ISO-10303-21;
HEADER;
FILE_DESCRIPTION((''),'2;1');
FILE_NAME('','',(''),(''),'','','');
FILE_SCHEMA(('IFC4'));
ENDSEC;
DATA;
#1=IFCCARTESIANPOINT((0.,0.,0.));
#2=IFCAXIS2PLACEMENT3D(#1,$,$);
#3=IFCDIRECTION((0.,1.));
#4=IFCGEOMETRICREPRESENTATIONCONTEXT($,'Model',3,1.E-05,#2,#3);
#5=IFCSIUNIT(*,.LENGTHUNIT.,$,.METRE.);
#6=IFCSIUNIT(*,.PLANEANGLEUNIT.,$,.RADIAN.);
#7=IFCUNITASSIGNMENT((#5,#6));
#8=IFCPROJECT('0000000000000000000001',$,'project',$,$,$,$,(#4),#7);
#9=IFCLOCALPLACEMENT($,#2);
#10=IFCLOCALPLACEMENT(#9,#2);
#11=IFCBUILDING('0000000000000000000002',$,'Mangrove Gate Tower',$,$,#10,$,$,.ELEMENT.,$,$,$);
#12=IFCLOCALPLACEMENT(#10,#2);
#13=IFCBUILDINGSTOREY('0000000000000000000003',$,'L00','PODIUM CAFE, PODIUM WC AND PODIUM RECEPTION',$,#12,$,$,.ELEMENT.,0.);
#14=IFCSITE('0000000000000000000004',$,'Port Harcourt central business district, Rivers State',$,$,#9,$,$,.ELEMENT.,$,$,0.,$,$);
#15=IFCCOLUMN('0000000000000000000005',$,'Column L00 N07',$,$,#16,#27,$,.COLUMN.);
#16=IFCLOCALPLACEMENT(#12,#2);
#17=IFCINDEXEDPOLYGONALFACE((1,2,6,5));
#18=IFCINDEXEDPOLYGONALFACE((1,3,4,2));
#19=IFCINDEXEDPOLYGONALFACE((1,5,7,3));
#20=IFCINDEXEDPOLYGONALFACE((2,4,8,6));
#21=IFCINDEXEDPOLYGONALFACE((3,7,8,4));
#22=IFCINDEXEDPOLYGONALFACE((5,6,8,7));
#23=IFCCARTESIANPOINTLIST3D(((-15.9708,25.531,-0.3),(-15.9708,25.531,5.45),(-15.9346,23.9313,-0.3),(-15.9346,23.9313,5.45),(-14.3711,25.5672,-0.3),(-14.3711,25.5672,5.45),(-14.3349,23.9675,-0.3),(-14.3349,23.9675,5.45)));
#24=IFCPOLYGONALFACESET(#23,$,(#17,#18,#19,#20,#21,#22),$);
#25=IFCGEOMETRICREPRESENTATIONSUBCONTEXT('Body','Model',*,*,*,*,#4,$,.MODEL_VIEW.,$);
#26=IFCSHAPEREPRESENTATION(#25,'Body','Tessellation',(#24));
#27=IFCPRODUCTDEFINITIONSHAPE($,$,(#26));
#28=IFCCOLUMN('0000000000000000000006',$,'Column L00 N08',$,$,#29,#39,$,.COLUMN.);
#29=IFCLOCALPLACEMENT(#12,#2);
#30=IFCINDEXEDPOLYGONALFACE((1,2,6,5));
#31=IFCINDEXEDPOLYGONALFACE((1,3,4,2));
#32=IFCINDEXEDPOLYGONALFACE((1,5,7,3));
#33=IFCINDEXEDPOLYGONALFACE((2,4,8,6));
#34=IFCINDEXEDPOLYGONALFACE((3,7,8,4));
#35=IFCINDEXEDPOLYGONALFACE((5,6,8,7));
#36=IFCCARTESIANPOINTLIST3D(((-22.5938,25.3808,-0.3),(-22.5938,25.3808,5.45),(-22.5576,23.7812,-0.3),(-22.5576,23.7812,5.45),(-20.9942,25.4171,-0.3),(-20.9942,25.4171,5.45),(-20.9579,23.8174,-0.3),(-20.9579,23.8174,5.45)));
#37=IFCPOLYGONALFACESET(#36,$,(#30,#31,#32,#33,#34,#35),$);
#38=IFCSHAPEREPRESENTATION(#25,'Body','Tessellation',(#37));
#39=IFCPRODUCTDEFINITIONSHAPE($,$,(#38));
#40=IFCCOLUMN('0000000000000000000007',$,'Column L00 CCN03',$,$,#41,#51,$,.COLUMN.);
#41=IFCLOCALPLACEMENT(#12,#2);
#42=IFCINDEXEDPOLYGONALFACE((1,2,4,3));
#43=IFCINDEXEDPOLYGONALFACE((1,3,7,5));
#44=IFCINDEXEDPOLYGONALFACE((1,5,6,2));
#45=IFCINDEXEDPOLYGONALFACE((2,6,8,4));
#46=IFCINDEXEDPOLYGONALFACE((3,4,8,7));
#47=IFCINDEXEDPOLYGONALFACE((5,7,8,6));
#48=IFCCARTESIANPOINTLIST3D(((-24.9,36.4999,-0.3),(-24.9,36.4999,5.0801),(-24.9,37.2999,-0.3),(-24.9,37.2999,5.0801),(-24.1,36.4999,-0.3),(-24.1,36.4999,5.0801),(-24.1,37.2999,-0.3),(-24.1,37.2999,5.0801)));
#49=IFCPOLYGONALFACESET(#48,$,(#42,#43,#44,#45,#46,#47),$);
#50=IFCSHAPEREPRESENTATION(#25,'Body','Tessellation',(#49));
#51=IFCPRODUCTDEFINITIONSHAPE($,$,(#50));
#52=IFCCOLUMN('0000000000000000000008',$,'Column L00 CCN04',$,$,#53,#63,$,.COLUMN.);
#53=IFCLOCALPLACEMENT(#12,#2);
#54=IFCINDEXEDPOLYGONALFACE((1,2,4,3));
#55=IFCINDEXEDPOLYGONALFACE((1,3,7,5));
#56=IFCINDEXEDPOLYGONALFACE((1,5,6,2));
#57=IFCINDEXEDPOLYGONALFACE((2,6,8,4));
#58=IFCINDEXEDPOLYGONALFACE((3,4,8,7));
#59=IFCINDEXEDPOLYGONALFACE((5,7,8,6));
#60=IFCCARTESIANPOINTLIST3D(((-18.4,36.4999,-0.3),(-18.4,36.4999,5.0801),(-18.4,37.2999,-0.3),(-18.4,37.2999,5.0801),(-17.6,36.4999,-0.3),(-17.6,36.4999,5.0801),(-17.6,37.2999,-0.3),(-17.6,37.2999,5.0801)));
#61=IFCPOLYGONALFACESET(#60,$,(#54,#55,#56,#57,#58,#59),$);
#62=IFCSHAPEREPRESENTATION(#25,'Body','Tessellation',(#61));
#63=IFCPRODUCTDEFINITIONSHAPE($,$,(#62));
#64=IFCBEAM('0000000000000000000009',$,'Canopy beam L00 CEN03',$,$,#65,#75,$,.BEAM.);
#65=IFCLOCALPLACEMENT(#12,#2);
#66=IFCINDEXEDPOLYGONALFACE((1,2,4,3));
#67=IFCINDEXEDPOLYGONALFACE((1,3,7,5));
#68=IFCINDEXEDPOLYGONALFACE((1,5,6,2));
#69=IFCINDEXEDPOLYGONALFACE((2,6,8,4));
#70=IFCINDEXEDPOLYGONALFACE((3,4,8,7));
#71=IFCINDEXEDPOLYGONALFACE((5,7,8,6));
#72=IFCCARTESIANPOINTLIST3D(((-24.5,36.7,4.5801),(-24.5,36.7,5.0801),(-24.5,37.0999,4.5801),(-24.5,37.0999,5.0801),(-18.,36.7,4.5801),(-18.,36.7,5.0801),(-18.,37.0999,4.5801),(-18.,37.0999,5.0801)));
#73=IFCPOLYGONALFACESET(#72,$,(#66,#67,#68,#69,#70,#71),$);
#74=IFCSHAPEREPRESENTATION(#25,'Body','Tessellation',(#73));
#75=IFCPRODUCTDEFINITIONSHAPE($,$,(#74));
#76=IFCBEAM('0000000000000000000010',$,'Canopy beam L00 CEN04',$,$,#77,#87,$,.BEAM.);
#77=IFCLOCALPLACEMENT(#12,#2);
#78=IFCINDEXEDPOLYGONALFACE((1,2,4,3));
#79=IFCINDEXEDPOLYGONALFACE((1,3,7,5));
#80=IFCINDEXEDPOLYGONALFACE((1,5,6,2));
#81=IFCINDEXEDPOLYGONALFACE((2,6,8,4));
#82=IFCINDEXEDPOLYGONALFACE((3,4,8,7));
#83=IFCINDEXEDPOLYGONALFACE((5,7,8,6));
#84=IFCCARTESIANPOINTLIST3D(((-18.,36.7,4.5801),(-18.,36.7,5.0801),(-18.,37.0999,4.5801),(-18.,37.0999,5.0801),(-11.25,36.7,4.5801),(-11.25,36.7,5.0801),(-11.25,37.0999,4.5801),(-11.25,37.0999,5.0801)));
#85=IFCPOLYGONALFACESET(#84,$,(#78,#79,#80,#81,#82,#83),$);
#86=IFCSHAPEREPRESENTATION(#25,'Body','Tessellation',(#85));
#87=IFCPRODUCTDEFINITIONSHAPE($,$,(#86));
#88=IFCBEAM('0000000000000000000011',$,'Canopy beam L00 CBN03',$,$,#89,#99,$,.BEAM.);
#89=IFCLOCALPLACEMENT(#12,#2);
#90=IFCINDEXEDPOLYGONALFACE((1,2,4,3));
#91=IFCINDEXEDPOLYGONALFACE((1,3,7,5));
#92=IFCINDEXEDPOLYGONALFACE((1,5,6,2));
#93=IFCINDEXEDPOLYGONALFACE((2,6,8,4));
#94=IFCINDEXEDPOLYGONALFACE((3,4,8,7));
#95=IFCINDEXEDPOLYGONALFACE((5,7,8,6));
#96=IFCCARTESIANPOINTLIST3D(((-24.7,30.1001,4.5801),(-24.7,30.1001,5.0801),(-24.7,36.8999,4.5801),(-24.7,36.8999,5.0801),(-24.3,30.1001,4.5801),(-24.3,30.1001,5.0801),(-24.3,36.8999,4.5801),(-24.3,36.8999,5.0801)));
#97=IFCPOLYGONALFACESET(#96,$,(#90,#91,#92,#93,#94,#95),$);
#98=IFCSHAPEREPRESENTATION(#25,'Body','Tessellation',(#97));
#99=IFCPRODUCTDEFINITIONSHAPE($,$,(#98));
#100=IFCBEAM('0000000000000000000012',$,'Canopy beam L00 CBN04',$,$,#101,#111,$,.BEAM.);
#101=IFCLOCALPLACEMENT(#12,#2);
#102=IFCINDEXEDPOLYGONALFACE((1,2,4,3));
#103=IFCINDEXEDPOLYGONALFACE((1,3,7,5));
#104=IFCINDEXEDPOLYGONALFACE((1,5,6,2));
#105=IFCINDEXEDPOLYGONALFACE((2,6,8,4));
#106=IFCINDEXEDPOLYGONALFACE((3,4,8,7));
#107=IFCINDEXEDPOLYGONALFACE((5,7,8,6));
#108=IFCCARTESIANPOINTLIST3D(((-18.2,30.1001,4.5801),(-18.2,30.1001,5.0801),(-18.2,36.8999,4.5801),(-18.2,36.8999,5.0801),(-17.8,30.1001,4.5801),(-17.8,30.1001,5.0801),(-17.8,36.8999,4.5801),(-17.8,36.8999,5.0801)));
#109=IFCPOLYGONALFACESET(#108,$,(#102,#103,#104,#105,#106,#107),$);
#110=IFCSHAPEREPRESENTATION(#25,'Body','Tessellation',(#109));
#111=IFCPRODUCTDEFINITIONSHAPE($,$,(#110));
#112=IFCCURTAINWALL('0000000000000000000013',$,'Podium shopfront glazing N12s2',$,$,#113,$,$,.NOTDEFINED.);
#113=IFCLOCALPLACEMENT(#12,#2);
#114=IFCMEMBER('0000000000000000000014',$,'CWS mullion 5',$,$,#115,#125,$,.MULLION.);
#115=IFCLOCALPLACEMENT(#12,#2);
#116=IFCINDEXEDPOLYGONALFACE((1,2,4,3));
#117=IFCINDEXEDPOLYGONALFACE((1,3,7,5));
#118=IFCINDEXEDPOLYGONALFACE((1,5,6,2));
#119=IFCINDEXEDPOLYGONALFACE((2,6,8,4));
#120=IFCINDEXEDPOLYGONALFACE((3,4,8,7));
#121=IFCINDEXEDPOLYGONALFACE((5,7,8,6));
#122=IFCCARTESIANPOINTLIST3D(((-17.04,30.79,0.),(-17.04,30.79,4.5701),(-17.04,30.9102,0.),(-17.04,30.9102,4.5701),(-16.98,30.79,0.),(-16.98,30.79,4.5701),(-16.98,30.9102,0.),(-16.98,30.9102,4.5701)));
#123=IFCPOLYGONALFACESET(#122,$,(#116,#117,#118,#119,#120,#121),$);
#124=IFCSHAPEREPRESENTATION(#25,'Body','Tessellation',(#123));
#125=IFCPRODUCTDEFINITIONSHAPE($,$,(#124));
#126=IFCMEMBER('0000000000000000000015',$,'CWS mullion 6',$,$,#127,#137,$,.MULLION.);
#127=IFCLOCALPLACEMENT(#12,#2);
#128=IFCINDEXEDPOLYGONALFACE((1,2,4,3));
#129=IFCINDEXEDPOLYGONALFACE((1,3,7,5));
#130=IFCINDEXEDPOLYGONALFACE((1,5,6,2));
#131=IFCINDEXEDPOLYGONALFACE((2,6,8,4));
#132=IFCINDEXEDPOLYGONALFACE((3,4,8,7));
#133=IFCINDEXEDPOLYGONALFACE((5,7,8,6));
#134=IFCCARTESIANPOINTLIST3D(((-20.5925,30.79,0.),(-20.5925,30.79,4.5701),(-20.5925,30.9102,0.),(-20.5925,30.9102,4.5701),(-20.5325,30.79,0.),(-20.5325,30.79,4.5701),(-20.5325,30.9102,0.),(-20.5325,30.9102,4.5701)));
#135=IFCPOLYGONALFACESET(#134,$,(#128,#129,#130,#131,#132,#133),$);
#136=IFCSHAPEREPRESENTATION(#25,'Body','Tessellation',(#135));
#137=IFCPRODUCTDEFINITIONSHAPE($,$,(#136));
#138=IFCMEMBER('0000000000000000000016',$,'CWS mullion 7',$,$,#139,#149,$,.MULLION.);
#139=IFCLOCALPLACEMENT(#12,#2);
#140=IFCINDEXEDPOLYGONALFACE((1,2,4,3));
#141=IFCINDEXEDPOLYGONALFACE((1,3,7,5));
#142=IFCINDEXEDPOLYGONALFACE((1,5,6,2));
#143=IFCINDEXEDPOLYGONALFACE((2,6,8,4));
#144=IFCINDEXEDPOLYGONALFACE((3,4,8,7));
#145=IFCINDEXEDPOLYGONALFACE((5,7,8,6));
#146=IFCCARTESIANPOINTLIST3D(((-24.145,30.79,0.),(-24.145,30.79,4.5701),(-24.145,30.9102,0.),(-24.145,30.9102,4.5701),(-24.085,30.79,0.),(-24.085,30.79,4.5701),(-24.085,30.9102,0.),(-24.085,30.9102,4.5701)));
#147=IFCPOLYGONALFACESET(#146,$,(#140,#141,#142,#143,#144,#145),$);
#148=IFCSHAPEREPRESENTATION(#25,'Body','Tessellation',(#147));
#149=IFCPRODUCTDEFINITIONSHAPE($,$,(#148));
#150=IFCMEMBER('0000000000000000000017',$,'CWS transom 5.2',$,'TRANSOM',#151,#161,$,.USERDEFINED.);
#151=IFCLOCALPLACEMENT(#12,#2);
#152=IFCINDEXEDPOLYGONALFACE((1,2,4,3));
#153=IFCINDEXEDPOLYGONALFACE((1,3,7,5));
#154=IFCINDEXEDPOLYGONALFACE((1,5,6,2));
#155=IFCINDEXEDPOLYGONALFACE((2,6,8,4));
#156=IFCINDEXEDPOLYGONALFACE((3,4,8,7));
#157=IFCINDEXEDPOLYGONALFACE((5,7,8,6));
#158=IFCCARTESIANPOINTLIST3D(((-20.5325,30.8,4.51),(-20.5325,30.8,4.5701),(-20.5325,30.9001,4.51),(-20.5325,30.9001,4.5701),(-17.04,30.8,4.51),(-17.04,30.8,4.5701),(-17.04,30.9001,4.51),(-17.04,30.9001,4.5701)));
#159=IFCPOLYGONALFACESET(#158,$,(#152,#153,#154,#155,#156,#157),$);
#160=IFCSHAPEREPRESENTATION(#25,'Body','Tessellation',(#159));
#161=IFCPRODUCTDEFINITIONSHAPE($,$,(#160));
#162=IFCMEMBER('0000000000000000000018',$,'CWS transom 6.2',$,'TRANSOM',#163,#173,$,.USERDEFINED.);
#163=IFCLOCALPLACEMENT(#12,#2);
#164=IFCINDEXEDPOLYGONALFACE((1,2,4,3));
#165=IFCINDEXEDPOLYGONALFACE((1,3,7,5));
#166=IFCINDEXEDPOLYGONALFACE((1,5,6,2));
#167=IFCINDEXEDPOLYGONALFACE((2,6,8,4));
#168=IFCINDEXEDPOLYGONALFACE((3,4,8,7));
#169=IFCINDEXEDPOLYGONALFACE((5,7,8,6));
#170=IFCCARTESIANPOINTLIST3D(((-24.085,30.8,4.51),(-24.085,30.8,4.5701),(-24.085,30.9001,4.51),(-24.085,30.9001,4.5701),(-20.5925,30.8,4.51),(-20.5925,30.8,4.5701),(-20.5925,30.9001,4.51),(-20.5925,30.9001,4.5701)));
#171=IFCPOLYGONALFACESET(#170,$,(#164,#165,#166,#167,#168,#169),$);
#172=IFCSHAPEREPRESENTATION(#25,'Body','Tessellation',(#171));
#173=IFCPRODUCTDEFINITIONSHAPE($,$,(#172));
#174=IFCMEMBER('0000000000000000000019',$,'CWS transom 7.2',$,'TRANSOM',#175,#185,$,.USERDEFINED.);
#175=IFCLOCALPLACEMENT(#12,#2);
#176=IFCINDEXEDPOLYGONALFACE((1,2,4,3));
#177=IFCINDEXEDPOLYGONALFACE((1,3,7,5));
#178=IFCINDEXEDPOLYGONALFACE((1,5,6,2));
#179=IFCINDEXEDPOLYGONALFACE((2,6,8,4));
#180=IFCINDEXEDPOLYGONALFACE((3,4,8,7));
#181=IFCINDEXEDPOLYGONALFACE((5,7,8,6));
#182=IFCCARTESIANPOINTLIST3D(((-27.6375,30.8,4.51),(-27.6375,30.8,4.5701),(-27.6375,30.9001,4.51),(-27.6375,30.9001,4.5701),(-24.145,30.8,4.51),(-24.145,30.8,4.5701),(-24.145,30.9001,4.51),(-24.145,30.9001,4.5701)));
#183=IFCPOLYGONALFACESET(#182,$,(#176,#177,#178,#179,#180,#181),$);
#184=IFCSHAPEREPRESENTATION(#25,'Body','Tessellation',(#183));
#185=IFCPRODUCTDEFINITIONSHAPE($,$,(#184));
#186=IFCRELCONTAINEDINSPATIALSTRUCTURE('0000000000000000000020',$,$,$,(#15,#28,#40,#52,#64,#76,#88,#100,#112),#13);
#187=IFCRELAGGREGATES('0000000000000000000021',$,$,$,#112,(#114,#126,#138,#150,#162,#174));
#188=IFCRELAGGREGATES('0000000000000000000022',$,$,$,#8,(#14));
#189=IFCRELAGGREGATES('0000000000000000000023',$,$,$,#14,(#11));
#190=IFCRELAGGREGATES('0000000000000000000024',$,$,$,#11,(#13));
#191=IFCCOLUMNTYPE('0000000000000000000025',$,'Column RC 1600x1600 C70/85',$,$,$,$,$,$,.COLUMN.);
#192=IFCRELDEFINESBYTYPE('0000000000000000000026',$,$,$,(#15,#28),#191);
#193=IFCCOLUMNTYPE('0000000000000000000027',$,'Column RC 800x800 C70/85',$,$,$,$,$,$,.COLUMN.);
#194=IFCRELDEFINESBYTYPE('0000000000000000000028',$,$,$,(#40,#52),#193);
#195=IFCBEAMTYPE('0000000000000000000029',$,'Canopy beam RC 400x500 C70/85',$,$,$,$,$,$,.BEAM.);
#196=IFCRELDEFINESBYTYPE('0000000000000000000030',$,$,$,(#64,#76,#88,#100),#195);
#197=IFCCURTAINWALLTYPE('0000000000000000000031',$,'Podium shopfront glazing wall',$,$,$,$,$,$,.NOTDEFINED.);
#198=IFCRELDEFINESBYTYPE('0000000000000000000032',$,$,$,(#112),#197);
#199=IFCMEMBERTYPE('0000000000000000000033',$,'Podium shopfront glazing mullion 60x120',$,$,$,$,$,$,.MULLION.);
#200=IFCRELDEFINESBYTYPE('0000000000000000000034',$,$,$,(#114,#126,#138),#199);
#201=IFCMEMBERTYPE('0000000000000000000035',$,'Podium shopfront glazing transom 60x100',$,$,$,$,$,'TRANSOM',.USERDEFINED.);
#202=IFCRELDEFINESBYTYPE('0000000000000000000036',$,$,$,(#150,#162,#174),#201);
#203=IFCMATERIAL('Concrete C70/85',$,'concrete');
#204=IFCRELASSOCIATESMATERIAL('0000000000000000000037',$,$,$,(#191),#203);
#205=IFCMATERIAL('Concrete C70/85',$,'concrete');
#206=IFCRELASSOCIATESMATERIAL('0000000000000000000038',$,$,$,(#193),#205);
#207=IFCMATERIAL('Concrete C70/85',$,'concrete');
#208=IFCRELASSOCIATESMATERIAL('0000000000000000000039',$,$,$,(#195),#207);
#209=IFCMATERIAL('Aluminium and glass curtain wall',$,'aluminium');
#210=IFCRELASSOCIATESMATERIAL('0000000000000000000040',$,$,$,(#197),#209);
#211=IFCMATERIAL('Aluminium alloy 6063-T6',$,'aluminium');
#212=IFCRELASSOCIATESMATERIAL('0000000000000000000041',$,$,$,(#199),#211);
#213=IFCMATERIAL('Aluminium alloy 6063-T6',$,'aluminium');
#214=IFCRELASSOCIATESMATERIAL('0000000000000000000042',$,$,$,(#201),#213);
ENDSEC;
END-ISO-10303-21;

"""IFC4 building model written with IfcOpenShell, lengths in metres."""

from ifc_helpers import new_model, si_unit, direction, frame, origin, origin_2d, place, context, subcontext, project, spatial, rectangle, extrude, material, material_profile, profile_set, type_object, element, aggregate, save


model = new_model("IFC4")

# Units and contexts
model_context = context("Model", 3, precision=1e-05, world=origin(), true_north=direction((0.0, 1.0)))
body_context = subcontext(model_context, "Body", "Model", "MODEL_VIEW")
ifc_project = project(units=[si_unit("LENGTHUNIT", "METRE"), si_unit("PLANEANGLEUNIT", "RADIAN")], contexts=[model_context])

# Site, building, storey
site_placement = place(None, origin())
site = spatial("IfcSite", under=ifc_project, at=site_placement, Name="Port Harcourt central business district, Rivers State", CompositionType="ELEMENT", RefElevation=0.0)
building_placement = place(site_placement, origin())
building = spatial("IfcBuilding", under=site, at=building_placement, Name="Mangrove Gate Tower", CompositionType="ELEMENT")
storey_placement = place(building_placement, origin())
storey = spatial("IfcBuildingStorey", under=building, at=storey_placement, Name="L00", Description="PODIUM CAFE, PODIUM WC AND PODIUM RECEPTION", CompositionType="ELEMENT", Elevation=0.0)

# Columns
ifc_material_1 = material(Name="Concrete C70/85", Category="concrete")
ifc_material_profile_1 = material_profile(ifc_material_1, rectangle(XDim=1.6001, YDim=1.6001, at=origin_2d()))
ifc_profile_set_1 = profile_set([ifc_material_profile_1], Name="Concrete C70/85")
column_type_1 = type_object("IfcColumnType", Name="Column RC 1600x1600 C70/85", PredefinedType="COLUMN", material=ifc_profile_set_1)
for number, where, z_axis, x_axis, name in (
    (1, (-15.1528, 24.7493, -0.3), (0.0, 0.0, 1.0), (-0.999744, -0.022641, 0.0), "Column L00 N07"),
    (2, (-21.7759, 24.5991, -0.3), (0.0, 0.0, 1.0), (-0.999744, -0.022643, 0.0), "Column L00 N08"),
):
    element("IfcColumn", number, at=place(storey_placement, frame(where, z_axis=z_axis, x_axis=x_axis)), inside=storey, type_object=column_type_1, Name=name, PredefinedType="COLUMN", context=body_context, shape_type="SweptSolid", body=[
        extrude(rectangle(XDim=1.6001, YDim=1.6001, at=origin_2d()), origin(), (0.0, 0.0, 1.0), 5.75),
    ])
ifc_material_2 = material(Name="Concrete C70/85", Category="concrete")
ifc_material_profile_2 = material_profile(ifc_material_2, rectangle(XDim=0.8, YDim=0.8, at=origin_2d()))
ifc_profile_set_2 = profile_set([ifc_material_profile_2], Name="Concrete C70/85")
column_type_2 = type_object("IfcColumnType", Name="Column RC 800x800 C70/85", PredefinedType="COLUMN", material=ifc_profile_set_2)
for number, where, z_axis, x_axis, name in (
    (3, (-24.5, 36.8999, -0.3), (0.0, 0.0, 1.0), (1.0, 0.0, 0.0), "Column L00 CCN03"),
    (4, (-18.0, 36.8999, -0.3), (0.0, 0.0, 1.0), (1.0, 0.0, 0.0), "Column L00 CCN04"),
):
    element("IfcColumn", number, at=place(storey_placement, frame(where, z_axis=z_axis, x_axis=x_axis)), inside=storey, type_object=column_type_2, Name=name, PredefinedType="COLUMN", context=body_context, shape_type="SweptSolid", body=[
        extrude(rectangle(XDim=0.8, YDim=0.8, at=origin_2d()), origin(), (0.0, 0.0, 1.0), 5.3801),
    ])

# Beams
ifc_material_3 = material(Name="Concrete C70/85", Category="concrete")
ifc_material_profile_3 = material_profile(ifc_material_3, rectangle(XDim=0.3999, YDim=0.5, at=origin_2d()))
ifc_profile_set_3 = profile_set([ifc_material_profile_3], Name="Concrete C70/85")
beam_type = type_object("IfcBeamType", Name="Canopy beam RC 400x500 C70/85", PredefinedType="BEAM", material=ifc_profile_set_3)
beam_1_placement = place(storey_placement, frame((-24.5, 36.8999, 4.8301), z_axis=(1.0, 0.0, 0.0), x_axis=(0.0, 1.0, 0.0)))
element("IfcBeam", 5, at=beam_1_placement, inside=storey, type_object=beam_type, Name="Canopy beam L00 CEN03", PredefinedType="BEAM", context=body_context, shape_type="SweptSolid", body=[
    extrude(rectangle(XDim=0.3999, YDim=0.5, at=origin_2d()), origin(), (0.0, 0.0, 1.0), 6.5),
])
beam_2_placement = place(storey_placement, frame((-18.0, 36.8999, 4.8301), z_axis=(1.0, 0.0, 0.0), x_axis=(0.0, 1.0, 0.0)))
element("IfcBeam", 6, at=beam_2_placement, inside=storey, type_object=beam_type, Name="Canopy beam L00 CEN04", PredefinedType="BEAM", context=body_context, shape_type="SweptSolid", body=[
    extrude(rectangle(XDim=0.3999, YDim=0.5, at=origin_2d()), origin(), (0.0, 0.0, 1.0), 6.75),
])
for number, where, z_axis, x_axis, name in (
    (7, (-24.5, 30.1001, 4.8301), (0.0, 1.0, 0.0), (-1.0, 0.0, 0.0), "Canopy beam L00 CBN03"),
    (8, (-18.0, 30.1001, 4.8301), (0.0, 1.0, 0.0), (-1.0, 0.0, 0.0), "Canopy beam L00 CBN04"),
):
    element("IfcBeam", number, at=place(storey_placement, frame(where, z_axis=z_axis, x_axis=x_axis)), inside=storey, type_object=beam_type, Name=name, PredefinedType="BEAM", context=body_context, shape_type="SweptSolid", body=[
        extrude(rectangle(XDim=0.3999, YDim=0.5, at=origin_2d()), origin(), (0.0, 0.0, 1.0), 6.7998),
    ])

# Curtain wall, members
ifc_material_4 = material(Name="Aluminium and glass curtain wall", Category="aluminium")
curtain_wall_type = type_object("IfcCurtainWallType", Name="Podium shopfront glazing wall", PredefinedType="NOTDEFINED", material=ifc_material_4)
curtain_wall_placement = place(storey_placement, origin())
curtain_wall = element("IfcCurtainWall", 9, at=curtain_wall_placement, inside=storey, type_object=curtain_wall_type, Name="Podium shopfront glazing N12s2", PredefinedType="NOTDEFINED")
ifc_material_5 = material(Name="Aluminium alloy 6063-T6", Category="aluminium")
ifc_material_profile_4 = material_profile(ifc_material_5, rectangle(XDim=0.0601, YDim=0.1201, at=origin_2d()))
ifc_profile_set_4 = profile_set([ifc_material_profile_4], Name="Aluminium alloy 6063-T6")
member_type_1 = type_object("IfcMemberType", Name="Podium shopfront glazing mullion 60x120", PredefinedType="MULLION", material=ifc_profile_set_4)
member_1_placement = place(storey_placement, frame((-17.01, 30.8501, 0.0), z_axis=(0.0, 0.0, 1.0), x_axis=(-1.0, 0.0, 0.0)))
member_1 = element("IfcMember", 10, at=member_1_placement, type_object=member_type_1, Name="CWS mullion 5", PredefinedType="MULLION", context=body_context, shape_type="SweptSolid", body=[
    extrude(rectangle(XDim=0.0601, YDim=0.1201, at=origin_2d()), origin(), (0.0, 0.0, 1.0), 4.5701),
])
member_2_placement = place(storey_placement, frame((-20.5625, 30.8501, 0.0), z_axis=(0.0, 0.0, 1.0), x_axis=(-1.0, 0.0, 0.0)))
member_2 = element("IfcMember", 11, at=member_2_placement, type_object=member_type_1, Name="CWS mullion 6", PredefinedType="MULLION", context=body_context, shape_type="SweptSolid", body=[
    extrude(rectangle(XDim=0.0601, YDim=0.1201, at=origin_2d()), origin(), (0.0, 0.0, 1.0), 4.5701),
])
member_3_placement = place(storey_placement, frame((-24.115, 30.8501, 0.0), z_axis=(0.0, 0.0, 1.0), x_axis=(-1.0, 0.0, 0.0)))
member_3 = element("IfcMember", 12, at=member_3_placement, type_object=member_type_1, Name="CWS mullion 7", PredefinedType="MULLION", context=body_context, shape_type="SweptSolid", body=[
    extrude(rectangle(XDim=0.0601, YDim=0.1201, at=origin_2d()), origin(), (0.0, 0.0, 1.0), 4.5701),
])
ifc_material_6 = material(Name="Aluminium alloy 6063-T6", Category="aluminium")
ifc_material_profile_5 = material_profile(ifc_material_6, rectangle(XDim=0.0601, YDim=0.1001, at=origin_2d()))
ifc_profile_set_5 = profile_set([ifc_material_profile_5], Name="Aluminium alloy 6063-T6")
member_type_2 = type_object("IfcMemberType", Name="Podium shopfront glazing transom 60x100", ElementType="TRANSOM", PredefinedType="USERDEFINED", material=ifc_profile_set_5)
member_4_placement = place(storey_placement, frame((-17.04, 30.8501, 4.54), z_axis=(-1.0, 0.0, 0.0), x_axis=(0.0, 0.0, 1.0)))
member_4 = element("IfcMember", 13, at=member_4_placement, type_object=member_type_2, Name="CWS transom 5.2", ObjectType="TRANSOM", PredefinedType="USERDEFINED", context=body_context, shape_type="SweptSolid", body=[
    extrude(rectangle(XDim=0.0601, YDim=0.1001, at=origin_2d()), origin(), (0.0, 0.0, 1.0), 3.4924),
])
member_5_placement = place(storey_placement, frame((-20.5925, 30.8501, 4.54), z_axis=(-1.0, 0.0, 0.0), x_axis=(0.0, 0.0, 1.0)))
member_5 = element("IfcMember", 14, at=member_5_placement, type_object=member_type_2, Name="CWS transom 6.2", ObjectType="TRANSOM", PredefinedType="USERDEFINED", context=body_context, shape_type="SweptSolid", body=[
    extrude(rectangle(XDim=0.0601, YDim=0.1001, at=origin_2d()), origin(), (0.0, 0.0, 1.0), 3.4924),
])
member_6_placement = place(storey_placement, frame((-24.145, 30.8501, 4.54), z_axis=(-1.0, 0.0, 0.0), x_axis=(0.0, 0.0, 1.0)))
member_6 = element("IfcMember", 15, at=member_6_placement, type_object=member_type_2, Name="CWS transom 7.2", ObjectType="TRANSOM", PredefinedType="USERDEFINED", context=body_context, shape_type="SweptSolid", body=[
    extrude(rectangle(XDim=0.0601, YDim=0.1001, at=origin_2d()), origin(), (0.0, 0.0, 1.0), 3.4924),
])
aggregate(curtain_wall, [member_1, member_2, member_3, member_4, member_5, member_6])

save(model, "model.ifc")
